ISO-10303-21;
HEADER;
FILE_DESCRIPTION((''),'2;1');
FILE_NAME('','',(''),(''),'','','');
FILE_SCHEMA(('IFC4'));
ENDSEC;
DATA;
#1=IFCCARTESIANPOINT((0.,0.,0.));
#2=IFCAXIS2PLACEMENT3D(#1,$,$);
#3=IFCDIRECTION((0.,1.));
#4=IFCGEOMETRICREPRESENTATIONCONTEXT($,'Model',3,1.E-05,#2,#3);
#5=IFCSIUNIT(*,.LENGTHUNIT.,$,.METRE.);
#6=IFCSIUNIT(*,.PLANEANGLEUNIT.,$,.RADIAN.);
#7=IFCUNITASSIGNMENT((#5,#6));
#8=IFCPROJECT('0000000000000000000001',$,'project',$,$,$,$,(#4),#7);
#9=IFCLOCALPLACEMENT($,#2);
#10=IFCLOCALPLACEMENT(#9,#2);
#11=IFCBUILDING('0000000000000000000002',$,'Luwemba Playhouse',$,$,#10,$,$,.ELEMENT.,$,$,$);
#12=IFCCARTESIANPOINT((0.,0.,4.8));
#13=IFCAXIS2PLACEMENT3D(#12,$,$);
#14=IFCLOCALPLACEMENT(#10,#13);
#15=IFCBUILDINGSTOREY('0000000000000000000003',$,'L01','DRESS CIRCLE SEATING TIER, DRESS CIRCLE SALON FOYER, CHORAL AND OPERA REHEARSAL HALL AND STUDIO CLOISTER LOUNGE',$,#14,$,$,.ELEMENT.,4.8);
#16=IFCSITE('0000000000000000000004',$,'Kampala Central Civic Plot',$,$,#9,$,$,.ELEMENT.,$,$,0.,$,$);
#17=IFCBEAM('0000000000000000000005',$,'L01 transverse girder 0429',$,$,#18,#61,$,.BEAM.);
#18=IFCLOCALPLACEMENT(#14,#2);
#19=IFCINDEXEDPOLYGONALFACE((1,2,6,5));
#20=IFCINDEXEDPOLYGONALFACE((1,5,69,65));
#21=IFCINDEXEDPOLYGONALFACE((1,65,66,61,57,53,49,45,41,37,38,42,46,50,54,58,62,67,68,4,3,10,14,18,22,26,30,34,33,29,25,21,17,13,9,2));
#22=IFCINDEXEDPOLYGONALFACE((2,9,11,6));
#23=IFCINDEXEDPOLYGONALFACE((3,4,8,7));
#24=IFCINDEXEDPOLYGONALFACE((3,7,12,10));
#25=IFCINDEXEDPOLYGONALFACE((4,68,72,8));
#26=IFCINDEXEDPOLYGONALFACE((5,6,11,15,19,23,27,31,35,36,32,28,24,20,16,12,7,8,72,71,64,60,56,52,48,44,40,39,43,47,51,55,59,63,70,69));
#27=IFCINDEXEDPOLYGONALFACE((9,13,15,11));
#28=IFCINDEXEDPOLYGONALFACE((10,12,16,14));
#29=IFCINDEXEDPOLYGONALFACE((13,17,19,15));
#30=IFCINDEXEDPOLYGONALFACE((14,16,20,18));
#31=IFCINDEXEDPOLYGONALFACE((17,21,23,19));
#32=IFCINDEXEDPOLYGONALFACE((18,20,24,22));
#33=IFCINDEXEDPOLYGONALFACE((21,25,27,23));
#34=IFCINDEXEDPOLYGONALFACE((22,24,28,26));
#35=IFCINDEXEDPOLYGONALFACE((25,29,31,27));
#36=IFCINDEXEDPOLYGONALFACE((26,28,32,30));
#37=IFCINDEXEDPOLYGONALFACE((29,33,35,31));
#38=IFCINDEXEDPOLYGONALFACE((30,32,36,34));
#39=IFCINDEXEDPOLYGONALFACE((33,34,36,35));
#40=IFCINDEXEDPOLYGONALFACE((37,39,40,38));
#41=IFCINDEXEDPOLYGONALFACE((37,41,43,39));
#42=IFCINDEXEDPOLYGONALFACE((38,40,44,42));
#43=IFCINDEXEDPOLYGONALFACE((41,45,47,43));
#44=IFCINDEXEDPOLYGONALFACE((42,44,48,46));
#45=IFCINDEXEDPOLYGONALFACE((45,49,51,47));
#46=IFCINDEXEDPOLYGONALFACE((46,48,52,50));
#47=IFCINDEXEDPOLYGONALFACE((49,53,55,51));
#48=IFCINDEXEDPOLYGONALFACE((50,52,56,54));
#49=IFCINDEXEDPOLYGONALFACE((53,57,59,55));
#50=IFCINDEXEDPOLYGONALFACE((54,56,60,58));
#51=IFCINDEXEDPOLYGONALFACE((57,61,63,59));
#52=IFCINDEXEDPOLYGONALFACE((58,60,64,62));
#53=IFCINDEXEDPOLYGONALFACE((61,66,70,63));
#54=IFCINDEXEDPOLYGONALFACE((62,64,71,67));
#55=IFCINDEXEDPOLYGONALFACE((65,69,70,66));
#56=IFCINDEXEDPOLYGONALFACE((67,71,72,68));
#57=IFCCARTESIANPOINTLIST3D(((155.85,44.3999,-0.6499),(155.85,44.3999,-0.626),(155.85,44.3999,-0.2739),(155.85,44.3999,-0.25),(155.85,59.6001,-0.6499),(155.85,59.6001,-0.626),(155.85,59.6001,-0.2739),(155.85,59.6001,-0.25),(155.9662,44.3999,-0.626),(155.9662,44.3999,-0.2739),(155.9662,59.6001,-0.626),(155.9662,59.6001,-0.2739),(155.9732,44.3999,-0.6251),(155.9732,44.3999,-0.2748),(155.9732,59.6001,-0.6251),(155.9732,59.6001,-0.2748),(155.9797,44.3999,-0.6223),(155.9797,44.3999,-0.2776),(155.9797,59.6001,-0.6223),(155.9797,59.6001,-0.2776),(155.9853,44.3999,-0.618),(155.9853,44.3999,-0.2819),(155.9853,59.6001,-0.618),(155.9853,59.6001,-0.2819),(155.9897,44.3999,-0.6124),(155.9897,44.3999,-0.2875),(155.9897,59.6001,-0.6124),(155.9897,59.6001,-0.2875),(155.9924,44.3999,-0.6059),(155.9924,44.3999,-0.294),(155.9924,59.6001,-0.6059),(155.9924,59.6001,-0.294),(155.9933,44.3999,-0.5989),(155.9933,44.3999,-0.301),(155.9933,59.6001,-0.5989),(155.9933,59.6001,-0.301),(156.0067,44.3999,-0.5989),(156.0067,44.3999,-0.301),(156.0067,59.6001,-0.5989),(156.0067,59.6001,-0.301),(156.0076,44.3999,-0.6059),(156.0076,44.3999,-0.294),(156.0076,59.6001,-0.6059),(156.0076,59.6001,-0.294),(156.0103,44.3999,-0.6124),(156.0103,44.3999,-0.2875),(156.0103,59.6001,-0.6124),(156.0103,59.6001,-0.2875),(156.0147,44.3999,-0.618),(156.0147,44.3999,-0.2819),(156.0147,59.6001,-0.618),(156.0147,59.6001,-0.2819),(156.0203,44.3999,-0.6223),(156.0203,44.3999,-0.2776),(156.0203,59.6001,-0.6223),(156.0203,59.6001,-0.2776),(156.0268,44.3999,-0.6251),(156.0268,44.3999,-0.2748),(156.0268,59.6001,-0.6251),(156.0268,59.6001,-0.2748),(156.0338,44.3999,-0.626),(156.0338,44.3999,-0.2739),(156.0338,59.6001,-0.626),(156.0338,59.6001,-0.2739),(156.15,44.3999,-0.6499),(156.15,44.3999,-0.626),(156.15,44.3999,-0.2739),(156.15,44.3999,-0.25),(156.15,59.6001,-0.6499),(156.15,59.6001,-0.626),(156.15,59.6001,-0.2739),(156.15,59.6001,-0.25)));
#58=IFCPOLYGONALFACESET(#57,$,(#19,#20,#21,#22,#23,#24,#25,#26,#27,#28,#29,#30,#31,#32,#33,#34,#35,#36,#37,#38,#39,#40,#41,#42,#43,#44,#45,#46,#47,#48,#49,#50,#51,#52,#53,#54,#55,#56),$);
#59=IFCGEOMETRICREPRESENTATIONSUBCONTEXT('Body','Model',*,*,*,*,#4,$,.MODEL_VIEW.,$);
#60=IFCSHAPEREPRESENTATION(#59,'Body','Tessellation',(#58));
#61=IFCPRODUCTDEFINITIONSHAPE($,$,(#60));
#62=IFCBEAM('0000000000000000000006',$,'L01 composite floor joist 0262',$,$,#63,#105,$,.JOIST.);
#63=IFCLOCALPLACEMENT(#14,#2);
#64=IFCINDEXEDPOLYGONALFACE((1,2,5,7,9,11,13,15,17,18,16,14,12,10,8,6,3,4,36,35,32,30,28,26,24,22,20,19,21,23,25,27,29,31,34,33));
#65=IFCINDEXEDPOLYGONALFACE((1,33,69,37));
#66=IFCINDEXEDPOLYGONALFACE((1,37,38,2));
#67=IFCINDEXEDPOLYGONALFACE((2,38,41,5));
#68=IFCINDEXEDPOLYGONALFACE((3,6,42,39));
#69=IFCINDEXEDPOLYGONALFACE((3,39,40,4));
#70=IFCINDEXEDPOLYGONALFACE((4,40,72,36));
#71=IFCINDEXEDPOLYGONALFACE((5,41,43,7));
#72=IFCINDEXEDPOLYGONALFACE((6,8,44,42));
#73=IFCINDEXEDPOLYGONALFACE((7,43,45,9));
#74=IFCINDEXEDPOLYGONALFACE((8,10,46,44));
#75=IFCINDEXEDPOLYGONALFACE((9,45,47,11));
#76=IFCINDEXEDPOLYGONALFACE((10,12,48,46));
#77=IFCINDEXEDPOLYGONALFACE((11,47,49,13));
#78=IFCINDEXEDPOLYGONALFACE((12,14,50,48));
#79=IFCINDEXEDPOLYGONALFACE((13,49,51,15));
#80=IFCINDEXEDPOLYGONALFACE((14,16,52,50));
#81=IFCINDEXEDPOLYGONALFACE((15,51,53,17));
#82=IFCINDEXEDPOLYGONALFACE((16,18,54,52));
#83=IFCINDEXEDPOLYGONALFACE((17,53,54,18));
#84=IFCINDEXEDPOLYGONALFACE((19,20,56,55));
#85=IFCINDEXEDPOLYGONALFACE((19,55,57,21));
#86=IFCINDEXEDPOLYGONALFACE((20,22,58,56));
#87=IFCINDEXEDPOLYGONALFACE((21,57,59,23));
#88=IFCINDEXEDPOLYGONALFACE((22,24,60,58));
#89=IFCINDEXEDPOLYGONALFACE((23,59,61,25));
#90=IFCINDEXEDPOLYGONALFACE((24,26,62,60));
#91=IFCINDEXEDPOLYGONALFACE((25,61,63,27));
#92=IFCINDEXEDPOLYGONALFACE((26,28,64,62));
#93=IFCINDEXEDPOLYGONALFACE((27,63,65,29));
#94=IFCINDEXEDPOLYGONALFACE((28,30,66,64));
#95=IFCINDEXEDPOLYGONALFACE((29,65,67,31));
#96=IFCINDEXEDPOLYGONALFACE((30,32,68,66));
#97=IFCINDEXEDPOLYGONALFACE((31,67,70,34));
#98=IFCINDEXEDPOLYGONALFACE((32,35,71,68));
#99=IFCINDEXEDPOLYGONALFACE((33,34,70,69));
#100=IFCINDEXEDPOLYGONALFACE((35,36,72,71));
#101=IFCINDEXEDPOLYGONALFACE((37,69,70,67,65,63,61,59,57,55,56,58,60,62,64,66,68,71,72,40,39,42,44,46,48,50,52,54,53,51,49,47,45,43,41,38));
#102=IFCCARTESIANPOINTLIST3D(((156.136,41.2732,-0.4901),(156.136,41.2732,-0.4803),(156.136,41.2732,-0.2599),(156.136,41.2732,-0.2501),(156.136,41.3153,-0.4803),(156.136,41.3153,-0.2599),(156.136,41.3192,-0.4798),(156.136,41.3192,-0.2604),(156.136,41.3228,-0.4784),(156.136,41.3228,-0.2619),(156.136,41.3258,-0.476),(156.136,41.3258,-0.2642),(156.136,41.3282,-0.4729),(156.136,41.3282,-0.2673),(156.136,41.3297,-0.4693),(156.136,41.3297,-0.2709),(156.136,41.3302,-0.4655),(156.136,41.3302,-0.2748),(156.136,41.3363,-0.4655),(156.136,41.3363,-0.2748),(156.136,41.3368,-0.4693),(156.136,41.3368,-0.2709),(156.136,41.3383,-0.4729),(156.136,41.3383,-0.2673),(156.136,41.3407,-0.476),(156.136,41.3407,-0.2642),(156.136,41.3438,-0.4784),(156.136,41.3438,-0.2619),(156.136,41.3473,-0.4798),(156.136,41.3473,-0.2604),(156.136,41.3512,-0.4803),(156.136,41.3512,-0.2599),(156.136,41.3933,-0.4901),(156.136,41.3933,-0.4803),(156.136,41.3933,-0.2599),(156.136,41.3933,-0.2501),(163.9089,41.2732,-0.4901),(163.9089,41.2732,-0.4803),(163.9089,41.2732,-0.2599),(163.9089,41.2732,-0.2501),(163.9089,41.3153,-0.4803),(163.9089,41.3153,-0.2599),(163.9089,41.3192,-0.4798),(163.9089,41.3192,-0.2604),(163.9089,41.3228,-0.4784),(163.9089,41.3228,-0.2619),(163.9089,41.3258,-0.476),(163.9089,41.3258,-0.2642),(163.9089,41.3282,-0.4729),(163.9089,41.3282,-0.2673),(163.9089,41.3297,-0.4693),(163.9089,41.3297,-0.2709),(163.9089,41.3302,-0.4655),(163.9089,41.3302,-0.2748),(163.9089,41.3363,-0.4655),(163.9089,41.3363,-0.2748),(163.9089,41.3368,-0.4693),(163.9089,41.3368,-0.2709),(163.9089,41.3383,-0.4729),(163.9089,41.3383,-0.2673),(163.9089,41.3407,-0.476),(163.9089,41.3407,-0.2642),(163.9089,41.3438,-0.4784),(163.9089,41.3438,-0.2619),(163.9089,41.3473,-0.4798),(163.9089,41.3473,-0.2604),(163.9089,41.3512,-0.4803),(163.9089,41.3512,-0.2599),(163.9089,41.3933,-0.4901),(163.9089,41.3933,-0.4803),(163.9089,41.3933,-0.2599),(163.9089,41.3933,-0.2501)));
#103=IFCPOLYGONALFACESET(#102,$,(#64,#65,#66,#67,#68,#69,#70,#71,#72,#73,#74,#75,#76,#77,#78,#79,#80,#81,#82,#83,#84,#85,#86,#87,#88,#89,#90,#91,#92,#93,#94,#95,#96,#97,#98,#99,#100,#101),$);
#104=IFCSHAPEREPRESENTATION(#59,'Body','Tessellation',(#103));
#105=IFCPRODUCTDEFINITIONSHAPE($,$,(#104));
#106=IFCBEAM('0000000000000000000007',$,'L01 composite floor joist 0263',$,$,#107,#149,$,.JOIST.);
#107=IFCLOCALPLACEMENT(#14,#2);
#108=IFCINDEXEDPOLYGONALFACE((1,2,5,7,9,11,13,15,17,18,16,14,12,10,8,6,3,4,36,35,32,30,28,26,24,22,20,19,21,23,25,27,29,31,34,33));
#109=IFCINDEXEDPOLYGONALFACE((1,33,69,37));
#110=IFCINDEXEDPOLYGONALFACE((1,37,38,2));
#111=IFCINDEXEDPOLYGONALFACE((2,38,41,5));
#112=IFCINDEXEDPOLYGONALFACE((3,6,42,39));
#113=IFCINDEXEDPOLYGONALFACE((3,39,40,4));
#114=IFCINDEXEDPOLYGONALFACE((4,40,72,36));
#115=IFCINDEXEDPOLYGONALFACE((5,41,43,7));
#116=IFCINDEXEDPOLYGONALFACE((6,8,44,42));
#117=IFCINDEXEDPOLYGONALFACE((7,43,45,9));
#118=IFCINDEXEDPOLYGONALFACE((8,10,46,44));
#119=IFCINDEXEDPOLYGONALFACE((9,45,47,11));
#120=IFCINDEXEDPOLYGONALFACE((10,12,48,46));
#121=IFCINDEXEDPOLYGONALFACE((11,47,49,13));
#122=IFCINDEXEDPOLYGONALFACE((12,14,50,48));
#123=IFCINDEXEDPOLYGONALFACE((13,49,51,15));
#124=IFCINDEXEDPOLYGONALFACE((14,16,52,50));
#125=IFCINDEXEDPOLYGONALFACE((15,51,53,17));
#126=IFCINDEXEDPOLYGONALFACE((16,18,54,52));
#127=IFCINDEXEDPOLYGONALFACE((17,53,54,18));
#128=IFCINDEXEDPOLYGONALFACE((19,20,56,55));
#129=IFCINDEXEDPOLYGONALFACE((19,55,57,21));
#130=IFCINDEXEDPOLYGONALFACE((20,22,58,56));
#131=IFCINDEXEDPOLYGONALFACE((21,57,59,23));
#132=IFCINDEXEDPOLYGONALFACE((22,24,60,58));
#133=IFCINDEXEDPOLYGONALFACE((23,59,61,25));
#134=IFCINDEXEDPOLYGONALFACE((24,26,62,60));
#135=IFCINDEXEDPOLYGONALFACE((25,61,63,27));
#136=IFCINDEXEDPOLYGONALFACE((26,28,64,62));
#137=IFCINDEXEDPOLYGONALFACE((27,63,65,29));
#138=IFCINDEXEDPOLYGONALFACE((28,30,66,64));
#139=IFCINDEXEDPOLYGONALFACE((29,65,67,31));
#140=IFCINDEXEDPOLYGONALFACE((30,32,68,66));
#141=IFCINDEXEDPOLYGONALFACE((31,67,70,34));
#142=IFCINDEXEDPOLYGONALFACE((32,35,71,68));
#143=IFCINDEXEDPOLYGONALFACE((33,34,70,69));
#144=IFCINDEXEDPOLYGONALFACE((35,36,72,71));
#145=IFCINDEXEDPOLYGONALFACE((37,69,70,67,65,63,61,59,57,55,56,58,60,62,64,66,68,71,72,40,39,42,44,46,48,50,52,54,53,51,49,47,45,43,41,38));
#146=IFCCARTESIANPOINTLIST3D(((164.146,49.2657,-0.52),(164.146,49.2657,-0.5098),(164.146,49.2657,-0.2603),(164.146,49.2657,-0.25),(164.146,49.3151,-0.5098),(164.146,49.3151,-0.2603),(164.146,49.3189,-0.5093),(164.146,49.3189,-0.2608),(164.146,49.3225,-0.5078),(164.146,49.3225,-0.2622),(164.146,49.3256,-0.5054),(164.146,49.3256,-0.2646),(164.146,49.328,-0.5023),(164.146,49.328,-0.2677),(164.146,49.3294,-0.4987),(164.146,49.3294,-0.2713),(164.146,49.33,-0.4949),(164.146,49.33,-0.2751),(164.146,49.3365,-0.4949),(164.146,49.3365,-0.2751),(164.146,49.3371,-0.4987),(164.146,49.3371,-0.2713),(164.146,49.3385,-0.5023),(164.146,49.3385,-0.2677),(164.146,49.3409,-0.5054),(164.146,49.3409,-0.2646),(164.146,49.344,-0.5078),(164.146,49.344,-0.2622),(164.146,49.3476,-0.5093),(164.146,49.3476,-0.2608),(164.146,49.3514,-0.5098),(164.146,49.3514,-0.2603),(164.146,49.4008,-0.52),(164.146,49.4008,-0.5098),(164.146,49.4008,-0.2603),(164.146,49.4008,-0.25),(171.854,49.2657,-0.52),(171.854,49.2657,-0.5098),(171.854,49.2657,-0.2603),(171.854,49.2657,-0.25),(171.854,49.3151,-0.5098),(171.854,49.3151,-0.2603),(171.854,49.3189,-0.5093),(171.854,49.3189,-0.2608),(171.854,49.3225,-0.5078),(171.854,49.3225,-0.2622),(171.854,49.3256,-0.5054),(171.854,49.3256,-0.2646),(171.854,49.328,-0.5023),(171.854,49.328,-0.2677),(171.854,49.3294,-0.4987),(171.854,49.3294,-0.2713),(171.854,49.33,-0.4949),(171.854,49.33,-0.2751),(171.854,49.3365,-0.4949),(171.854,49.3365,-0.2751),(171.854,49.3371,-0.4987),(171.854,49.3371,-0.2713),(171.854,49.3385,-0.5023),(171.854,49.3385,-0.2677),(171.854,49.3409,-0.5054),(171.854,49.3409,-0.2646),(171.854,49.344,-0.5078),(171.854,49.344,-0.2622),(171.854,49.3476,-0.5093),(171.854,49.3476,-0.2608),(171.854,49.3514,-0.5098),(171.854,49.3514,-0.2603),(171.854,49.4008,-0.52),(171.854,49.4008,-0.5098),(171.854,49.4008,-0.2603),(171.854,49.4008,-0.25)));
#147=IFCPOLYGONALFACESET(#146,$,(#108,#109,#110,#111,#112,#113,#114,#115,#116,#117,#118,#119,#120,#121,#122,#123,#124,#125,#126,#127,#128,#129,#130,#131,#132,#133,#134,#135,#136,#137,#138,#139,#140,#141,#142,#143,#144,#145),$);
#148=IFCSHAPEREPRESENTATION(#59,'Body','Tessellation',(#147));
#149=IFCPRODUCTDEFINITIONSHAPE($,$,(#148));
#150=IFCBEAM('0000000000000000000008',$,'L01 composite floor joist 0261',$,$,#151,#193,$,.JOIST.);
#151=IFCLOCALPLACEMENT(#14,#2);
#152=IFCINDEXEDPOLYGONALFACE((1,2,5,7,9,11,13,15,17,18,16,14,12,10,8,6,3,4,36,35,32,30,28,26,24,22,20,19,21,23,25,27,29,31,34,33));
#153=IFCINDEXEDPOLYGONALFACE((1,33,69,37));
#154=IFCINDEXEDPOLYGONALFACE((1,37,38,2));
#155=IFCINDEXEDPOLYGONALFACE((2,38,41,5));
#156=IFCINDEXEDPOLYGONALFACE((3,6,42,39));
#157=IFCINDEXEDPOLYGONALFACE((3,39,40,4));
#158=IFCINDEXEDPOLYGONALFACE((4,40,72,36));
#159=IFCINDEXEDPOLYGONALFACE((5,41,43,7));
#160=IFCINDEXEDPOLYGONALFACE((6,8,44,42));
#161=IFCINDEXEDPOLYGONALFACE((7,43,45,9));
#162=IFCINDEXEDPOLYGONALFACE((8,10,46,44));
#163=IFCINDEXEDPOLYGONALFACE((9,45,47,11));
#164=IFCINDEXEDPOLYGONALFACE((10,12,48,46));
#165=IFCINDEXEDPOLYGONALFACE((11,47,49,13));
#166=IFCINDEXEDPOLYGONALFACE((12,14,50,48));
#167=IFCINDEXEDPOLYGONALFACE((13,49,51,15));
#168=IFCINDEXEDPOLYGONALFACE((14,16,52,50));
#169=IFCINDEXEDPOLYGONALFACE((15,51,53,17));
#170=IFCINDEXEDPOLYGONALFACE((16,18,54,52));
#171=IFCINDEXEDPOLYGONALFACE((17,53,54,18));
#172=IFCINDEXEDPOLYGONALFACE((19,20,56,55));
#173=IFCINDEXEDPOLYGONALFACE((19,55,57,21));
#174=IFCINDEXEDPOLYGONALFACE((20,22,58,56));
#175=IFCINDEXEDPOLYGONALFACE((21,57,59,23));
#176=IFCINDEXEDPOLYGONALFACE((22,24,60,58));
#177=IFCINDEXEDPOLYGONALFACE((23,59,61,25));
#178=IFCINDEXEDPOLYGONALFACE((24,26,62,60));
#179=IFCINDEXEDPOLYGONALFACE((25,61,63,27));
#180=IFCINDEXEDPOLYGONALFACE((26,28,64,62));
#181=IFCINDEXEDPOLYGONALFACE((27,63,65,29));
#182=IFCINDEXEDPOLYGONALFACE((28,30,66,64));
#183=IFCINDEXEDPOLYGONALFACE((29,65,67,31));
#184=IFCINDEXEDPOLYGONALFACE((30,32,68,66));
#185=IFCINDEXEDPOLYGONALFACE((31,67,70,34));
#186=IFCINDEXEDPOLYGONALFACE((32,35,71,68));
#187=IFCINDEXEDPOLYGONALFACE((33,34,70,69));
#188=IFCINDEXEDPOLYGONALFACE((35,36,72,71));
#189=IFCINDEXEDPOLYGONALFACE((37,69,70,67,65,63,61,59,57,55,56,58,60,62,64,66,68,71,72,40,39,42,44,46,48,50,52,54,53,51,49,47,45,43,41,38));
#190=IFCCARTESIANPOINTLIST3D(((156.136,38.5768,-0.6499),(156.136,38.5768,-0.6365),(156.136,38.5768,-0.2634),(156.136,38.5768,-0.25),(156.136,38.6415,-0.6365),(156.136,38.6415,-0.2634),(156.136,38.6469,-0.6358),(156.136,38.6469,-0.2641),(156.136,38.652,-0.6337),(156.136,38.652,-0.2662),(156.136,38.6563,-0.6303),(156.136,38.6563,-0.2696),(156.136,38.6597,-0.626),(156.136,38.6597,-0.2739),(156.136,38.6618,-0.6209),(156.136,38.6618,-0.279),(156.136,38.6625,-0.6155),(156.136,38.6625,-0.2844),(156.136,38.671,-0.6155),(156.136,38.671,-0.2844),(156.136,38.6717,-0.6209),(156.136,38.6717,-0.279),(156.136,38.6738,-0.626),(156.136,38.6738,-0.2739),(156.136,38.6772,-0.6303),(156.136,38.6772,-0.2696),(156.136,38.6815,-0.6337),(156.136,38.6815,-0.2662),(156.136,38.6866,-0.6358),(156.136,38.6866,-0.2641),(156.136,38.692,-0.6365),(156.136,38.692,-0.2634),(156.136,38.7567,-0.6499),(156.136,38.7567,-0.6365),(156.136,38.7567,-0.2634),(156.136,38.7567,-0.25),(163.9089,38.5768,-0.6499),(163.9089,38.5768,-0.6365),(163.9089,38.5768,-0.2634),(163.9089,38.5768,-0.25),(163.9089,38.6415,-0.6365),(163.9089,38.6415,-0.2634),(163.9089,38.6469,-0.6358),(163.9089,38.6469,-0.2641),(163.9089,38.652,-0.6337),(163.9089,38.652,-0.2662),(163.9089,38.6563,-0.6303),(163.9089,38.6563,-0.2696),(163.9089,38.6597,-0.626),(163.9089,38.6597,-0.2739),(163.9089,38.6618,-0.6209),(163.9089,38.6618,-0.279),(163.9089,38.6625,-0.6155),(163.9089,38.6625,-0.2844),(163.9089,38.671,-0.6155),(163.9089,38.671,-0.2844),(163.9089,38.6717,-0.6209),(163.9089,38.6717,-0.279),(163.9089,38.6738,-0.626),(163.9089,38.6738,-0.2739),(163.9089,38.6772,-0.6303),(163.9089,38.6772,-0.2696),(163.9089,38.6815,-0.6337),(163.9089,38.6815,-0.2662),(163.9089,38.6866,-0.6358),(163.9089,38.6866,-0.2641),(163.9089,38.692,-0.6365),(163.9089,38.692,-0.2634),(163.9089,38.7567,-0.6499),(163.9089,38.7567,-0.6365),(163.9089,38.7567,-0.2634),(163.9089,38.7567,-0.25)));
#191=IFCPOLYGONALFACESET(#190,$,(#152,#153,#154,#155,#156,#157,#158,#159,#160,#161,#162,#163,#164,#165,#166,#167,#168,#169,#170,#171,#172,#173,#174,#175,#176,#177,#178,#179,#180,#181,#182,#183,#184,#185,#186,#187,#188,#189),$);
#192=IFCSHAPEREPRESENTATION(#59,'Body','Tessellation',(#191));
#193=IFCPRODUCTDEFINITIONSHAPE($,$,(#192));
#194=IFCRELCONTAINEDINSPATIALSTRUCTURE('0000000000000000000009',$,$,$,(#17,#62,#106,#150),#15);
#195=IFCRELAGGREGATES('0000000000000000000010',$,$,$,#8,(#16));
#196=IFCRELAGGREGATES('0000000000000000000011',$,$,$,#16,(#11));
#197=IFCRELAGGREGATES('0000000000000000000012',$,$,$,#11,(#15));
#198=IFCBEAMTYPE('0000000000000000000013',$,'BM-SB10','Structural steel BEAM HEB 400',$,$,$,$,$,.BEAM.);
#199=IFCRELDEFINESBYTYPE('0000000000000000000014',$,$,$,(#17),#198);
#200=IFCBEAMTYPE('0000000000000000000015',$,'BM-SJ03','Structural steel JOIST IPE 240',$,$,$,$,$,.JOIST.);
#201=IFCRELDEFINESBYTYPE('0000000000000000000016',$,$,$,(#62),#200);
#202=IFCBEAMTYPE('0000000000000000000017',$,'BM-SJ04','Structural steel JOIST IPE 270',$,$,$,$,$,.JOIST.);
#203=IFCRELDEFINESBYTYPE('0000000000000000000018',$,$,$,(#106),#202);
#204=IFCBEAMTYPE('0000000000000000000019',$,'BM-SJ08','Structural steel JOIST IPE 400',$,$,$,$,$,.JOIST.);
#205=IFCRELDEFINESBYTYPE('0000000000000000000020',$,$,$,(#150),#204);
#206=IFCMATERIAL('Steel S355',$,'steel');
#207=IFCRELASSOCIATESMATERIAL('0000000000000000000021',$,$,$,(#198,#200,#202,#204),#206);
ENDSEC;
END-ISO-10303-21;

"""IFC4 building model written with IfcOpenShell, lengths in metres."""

from ifc_helpers import new_model, si_unit, direction, frame, origin, origin_2d, place, context, subcontext, project, spatial, i_section, extrude, material, material_profile, profile_set, type_object, element, save


model = new_model("IFC4")

# Units and contexts
model_context = context("Model", 3, precision=1e-05, world=origin(), true_north=direction((0.0, 1.0)))
body_context = subcontext(model_context, "Body", "Model", "MODEL_VIEW")
ifc_project = project(units=[si_unit("LENGTHUNIT", "METRE"), si_unit("PLANEANGLEUNIT", "RADIAN")], contexts=[model_context])

# Site, building, storey
site_placement = place(None, origin())
site = spatial("IfcSite", under=ifc_project, at=site_placement, Name="Kampala Central Civic Plot", CompositionType="ELEMENT", RefElevation=0.0)
building_placement = place(site_placement, origin())
building = spatial("IfcBuilding", under=site, at=building_placement, Name="Luwemba Playhouse", CompositionType="ELEMENT")
storey_placement = place(building_placement, frame((0.0, 0.0, 4.8)))
storey = spatial("IfcBuildingStorey", under=building, at=storey_placement, Name="L01", Description="DRESS CIRCLE SEATING TIER, DRESS CIRCLE SALON FOYER, CHORAL AND OPERA REHEARSAL HALL AND STUDIO CLOISTER LOUNGE", CompositionType="ELEMENT", Elevation=4.8)

# Beams
ifc_material_1 = material(Name="Steel S355", Category="steel")
ifc_material_profile_1 = material_profile(ifc_material_1, i_section(OverallWidth=0.3, OverallDepth=0.3999, WebThickness=0.0134, FlangeThickness=0.0239, FilletRadius=0.0271, at=origin_2d()))
ifc_profile_set_1 = profile_set([ifc_material_profile_1], Name="Steel S355")
beam_type_1 = type_object("IfcBeamType", Name="BM-SB10", Description="Structural steel BEAM HEB 400", PredefinedType="BEAM", material=ifc_profile_set_1)
beam_1_placement = place(storey_placement, frame((156.0, 44.3999, -0.45), z_axis=(0.0, 1.0, 0.0), x_axis=(-1.0, 0.0, 0.0)))
element("IfcBeam", 1, at=beam_1_placement, inside=storey, type_object=beam_type_1, Name="L01 transverse girder 0429", PredefinedType="BEAM", context=body_context, shape_type="SweptSolid", body=[
    extrude(i_section(OverallWidth=0.3, OverallDepth=0.3999, WebThickness=0.0134, FlangeThickness=0.0239, FilletRadius=0.0271, at=origin_2d()), origin(), (0.0, 0.0, 1.0), 15.2002),
])
ifc_material_profile_2 = material_profile(ifc_material_1, i_section(OverallWidth=0.1201, OverallDepth=0.24, WebThickness=0.0061, FlangeThickness=0.0098, FilletRadius=0.0149, at=origin_2d()))
ifc_profile_set_2 = profile_set([ifc_material_profile_2], Name="Steel S355")
beam_type_2 = type_object("IfcBeamType", Name="BM-SJ03", Description="Structural steel JOIST IPE 240", PredefinedType="JOIST", material=ifc_profile_set_2)
beam_2_placement = place(storey_placement, frame((156.136, 41.3333, -0.3701), z_axis=(1.0, 0.0, 0.0), x_axis=(0.0, 1.0, 0.0)))
element("IfcBeam", 2, at=beam_2_placement, inside=storey, type_object=beam_type_2, Name="L01 composite floor joist 0262", PredefinedType="JOIST", context=body_context, shape_type="SweptSolid", body=[
    extrude(i_section(OverallWidth=0.1201, OverallDepth=0.24, WebThickness=0.0061, FlangeThickness=0.0098, FilletRadius=0.0149, at=origin_2d()), origin(), (0.0, 0.0, 1.0), 7.7729),
])
ifc_material_profile_3 = material_profile(ifc_material_1, i_section(OverallWidth=0.135, OverallDepth=0.27, WebThickness=0.0066, FlangeThickness=0.0103, FilletRadius=0.0149, at=origin_2d()))
ifc_profile_set_3 = profile_set([ifc_material_profile_3], Name="Steel S355")
beam_type_3 = type_object("IfcBeamType", Name="BM-SJ04", Description="Structural steel JOIST IPE 270", PredefinedType="JOIST", material=ifc_profile_set_3)
beam_3_placement = place(storey_placement, frame((164.146, 49.3333, -0.385), z_axis=(1.0, 0.0, 0.0), x_axis=(0.0, 1.0, 0.0)))
element("IfcBeam", 3, at=beam_3_placement, inside=storey, type_object=beam_type_3, Name="L01 composite floor joist 0263", PredefinedType="JOIST", context=body_context, shape_type="SweptSolid", body=[
    extrude(i_section(OverallWidth=0.135, OverallDepth=0.27, WebThickness=0.0066, FlangeThickness=0.0103, FilletRadius=0.0149, at=origin_2d()), origin(), (0.0, 0.0, 1.0), 7.708),
])
ifc_material_profile_4 = material_profile(ifc_material_1, i_section(OverallWidth=0.1799, OverallDepth=0.3999, WebThickness=0.0085, FlangeThickness=0.0134, FilletRadius=0.021, at=origin_2d()))
ifc_profile_set_4 = profile_set([ifc_material_profile_4], Name="Steel S355")
beam_type_4 = type_object("IfcBeamType", Name="BM-SJ08", Description="Structural steel JOIST IPE 400", PredefinedType="JOIST", material=ifc_profile_set_4)
beam_4_placement = place(storey_placement, frame((156.136, 38.6667, -0.45), z_axis=(1.0, 0.0, 0.0), x_axis=(0.0, 1.0, 0.0)))
element("IfcBeam", 4, at=beam_4_placement, inside=storey, type_object=beam_type_4, Name="L01 composite floor joist 0261", PredefinedType="JOIST", context=body_context, shape_type="SweptSolid", body=[
    extrude(i_section(OverallWidth=0.1799, OverallDepth=0.3999, WebThickness=0.0085, FlangeThickness=0.0134, FilletRadius=0.021, at=origin_2d()), origin(), (0.0, 0.0, 1.0), 7.7729),
])

save(model, "model.ifc")
